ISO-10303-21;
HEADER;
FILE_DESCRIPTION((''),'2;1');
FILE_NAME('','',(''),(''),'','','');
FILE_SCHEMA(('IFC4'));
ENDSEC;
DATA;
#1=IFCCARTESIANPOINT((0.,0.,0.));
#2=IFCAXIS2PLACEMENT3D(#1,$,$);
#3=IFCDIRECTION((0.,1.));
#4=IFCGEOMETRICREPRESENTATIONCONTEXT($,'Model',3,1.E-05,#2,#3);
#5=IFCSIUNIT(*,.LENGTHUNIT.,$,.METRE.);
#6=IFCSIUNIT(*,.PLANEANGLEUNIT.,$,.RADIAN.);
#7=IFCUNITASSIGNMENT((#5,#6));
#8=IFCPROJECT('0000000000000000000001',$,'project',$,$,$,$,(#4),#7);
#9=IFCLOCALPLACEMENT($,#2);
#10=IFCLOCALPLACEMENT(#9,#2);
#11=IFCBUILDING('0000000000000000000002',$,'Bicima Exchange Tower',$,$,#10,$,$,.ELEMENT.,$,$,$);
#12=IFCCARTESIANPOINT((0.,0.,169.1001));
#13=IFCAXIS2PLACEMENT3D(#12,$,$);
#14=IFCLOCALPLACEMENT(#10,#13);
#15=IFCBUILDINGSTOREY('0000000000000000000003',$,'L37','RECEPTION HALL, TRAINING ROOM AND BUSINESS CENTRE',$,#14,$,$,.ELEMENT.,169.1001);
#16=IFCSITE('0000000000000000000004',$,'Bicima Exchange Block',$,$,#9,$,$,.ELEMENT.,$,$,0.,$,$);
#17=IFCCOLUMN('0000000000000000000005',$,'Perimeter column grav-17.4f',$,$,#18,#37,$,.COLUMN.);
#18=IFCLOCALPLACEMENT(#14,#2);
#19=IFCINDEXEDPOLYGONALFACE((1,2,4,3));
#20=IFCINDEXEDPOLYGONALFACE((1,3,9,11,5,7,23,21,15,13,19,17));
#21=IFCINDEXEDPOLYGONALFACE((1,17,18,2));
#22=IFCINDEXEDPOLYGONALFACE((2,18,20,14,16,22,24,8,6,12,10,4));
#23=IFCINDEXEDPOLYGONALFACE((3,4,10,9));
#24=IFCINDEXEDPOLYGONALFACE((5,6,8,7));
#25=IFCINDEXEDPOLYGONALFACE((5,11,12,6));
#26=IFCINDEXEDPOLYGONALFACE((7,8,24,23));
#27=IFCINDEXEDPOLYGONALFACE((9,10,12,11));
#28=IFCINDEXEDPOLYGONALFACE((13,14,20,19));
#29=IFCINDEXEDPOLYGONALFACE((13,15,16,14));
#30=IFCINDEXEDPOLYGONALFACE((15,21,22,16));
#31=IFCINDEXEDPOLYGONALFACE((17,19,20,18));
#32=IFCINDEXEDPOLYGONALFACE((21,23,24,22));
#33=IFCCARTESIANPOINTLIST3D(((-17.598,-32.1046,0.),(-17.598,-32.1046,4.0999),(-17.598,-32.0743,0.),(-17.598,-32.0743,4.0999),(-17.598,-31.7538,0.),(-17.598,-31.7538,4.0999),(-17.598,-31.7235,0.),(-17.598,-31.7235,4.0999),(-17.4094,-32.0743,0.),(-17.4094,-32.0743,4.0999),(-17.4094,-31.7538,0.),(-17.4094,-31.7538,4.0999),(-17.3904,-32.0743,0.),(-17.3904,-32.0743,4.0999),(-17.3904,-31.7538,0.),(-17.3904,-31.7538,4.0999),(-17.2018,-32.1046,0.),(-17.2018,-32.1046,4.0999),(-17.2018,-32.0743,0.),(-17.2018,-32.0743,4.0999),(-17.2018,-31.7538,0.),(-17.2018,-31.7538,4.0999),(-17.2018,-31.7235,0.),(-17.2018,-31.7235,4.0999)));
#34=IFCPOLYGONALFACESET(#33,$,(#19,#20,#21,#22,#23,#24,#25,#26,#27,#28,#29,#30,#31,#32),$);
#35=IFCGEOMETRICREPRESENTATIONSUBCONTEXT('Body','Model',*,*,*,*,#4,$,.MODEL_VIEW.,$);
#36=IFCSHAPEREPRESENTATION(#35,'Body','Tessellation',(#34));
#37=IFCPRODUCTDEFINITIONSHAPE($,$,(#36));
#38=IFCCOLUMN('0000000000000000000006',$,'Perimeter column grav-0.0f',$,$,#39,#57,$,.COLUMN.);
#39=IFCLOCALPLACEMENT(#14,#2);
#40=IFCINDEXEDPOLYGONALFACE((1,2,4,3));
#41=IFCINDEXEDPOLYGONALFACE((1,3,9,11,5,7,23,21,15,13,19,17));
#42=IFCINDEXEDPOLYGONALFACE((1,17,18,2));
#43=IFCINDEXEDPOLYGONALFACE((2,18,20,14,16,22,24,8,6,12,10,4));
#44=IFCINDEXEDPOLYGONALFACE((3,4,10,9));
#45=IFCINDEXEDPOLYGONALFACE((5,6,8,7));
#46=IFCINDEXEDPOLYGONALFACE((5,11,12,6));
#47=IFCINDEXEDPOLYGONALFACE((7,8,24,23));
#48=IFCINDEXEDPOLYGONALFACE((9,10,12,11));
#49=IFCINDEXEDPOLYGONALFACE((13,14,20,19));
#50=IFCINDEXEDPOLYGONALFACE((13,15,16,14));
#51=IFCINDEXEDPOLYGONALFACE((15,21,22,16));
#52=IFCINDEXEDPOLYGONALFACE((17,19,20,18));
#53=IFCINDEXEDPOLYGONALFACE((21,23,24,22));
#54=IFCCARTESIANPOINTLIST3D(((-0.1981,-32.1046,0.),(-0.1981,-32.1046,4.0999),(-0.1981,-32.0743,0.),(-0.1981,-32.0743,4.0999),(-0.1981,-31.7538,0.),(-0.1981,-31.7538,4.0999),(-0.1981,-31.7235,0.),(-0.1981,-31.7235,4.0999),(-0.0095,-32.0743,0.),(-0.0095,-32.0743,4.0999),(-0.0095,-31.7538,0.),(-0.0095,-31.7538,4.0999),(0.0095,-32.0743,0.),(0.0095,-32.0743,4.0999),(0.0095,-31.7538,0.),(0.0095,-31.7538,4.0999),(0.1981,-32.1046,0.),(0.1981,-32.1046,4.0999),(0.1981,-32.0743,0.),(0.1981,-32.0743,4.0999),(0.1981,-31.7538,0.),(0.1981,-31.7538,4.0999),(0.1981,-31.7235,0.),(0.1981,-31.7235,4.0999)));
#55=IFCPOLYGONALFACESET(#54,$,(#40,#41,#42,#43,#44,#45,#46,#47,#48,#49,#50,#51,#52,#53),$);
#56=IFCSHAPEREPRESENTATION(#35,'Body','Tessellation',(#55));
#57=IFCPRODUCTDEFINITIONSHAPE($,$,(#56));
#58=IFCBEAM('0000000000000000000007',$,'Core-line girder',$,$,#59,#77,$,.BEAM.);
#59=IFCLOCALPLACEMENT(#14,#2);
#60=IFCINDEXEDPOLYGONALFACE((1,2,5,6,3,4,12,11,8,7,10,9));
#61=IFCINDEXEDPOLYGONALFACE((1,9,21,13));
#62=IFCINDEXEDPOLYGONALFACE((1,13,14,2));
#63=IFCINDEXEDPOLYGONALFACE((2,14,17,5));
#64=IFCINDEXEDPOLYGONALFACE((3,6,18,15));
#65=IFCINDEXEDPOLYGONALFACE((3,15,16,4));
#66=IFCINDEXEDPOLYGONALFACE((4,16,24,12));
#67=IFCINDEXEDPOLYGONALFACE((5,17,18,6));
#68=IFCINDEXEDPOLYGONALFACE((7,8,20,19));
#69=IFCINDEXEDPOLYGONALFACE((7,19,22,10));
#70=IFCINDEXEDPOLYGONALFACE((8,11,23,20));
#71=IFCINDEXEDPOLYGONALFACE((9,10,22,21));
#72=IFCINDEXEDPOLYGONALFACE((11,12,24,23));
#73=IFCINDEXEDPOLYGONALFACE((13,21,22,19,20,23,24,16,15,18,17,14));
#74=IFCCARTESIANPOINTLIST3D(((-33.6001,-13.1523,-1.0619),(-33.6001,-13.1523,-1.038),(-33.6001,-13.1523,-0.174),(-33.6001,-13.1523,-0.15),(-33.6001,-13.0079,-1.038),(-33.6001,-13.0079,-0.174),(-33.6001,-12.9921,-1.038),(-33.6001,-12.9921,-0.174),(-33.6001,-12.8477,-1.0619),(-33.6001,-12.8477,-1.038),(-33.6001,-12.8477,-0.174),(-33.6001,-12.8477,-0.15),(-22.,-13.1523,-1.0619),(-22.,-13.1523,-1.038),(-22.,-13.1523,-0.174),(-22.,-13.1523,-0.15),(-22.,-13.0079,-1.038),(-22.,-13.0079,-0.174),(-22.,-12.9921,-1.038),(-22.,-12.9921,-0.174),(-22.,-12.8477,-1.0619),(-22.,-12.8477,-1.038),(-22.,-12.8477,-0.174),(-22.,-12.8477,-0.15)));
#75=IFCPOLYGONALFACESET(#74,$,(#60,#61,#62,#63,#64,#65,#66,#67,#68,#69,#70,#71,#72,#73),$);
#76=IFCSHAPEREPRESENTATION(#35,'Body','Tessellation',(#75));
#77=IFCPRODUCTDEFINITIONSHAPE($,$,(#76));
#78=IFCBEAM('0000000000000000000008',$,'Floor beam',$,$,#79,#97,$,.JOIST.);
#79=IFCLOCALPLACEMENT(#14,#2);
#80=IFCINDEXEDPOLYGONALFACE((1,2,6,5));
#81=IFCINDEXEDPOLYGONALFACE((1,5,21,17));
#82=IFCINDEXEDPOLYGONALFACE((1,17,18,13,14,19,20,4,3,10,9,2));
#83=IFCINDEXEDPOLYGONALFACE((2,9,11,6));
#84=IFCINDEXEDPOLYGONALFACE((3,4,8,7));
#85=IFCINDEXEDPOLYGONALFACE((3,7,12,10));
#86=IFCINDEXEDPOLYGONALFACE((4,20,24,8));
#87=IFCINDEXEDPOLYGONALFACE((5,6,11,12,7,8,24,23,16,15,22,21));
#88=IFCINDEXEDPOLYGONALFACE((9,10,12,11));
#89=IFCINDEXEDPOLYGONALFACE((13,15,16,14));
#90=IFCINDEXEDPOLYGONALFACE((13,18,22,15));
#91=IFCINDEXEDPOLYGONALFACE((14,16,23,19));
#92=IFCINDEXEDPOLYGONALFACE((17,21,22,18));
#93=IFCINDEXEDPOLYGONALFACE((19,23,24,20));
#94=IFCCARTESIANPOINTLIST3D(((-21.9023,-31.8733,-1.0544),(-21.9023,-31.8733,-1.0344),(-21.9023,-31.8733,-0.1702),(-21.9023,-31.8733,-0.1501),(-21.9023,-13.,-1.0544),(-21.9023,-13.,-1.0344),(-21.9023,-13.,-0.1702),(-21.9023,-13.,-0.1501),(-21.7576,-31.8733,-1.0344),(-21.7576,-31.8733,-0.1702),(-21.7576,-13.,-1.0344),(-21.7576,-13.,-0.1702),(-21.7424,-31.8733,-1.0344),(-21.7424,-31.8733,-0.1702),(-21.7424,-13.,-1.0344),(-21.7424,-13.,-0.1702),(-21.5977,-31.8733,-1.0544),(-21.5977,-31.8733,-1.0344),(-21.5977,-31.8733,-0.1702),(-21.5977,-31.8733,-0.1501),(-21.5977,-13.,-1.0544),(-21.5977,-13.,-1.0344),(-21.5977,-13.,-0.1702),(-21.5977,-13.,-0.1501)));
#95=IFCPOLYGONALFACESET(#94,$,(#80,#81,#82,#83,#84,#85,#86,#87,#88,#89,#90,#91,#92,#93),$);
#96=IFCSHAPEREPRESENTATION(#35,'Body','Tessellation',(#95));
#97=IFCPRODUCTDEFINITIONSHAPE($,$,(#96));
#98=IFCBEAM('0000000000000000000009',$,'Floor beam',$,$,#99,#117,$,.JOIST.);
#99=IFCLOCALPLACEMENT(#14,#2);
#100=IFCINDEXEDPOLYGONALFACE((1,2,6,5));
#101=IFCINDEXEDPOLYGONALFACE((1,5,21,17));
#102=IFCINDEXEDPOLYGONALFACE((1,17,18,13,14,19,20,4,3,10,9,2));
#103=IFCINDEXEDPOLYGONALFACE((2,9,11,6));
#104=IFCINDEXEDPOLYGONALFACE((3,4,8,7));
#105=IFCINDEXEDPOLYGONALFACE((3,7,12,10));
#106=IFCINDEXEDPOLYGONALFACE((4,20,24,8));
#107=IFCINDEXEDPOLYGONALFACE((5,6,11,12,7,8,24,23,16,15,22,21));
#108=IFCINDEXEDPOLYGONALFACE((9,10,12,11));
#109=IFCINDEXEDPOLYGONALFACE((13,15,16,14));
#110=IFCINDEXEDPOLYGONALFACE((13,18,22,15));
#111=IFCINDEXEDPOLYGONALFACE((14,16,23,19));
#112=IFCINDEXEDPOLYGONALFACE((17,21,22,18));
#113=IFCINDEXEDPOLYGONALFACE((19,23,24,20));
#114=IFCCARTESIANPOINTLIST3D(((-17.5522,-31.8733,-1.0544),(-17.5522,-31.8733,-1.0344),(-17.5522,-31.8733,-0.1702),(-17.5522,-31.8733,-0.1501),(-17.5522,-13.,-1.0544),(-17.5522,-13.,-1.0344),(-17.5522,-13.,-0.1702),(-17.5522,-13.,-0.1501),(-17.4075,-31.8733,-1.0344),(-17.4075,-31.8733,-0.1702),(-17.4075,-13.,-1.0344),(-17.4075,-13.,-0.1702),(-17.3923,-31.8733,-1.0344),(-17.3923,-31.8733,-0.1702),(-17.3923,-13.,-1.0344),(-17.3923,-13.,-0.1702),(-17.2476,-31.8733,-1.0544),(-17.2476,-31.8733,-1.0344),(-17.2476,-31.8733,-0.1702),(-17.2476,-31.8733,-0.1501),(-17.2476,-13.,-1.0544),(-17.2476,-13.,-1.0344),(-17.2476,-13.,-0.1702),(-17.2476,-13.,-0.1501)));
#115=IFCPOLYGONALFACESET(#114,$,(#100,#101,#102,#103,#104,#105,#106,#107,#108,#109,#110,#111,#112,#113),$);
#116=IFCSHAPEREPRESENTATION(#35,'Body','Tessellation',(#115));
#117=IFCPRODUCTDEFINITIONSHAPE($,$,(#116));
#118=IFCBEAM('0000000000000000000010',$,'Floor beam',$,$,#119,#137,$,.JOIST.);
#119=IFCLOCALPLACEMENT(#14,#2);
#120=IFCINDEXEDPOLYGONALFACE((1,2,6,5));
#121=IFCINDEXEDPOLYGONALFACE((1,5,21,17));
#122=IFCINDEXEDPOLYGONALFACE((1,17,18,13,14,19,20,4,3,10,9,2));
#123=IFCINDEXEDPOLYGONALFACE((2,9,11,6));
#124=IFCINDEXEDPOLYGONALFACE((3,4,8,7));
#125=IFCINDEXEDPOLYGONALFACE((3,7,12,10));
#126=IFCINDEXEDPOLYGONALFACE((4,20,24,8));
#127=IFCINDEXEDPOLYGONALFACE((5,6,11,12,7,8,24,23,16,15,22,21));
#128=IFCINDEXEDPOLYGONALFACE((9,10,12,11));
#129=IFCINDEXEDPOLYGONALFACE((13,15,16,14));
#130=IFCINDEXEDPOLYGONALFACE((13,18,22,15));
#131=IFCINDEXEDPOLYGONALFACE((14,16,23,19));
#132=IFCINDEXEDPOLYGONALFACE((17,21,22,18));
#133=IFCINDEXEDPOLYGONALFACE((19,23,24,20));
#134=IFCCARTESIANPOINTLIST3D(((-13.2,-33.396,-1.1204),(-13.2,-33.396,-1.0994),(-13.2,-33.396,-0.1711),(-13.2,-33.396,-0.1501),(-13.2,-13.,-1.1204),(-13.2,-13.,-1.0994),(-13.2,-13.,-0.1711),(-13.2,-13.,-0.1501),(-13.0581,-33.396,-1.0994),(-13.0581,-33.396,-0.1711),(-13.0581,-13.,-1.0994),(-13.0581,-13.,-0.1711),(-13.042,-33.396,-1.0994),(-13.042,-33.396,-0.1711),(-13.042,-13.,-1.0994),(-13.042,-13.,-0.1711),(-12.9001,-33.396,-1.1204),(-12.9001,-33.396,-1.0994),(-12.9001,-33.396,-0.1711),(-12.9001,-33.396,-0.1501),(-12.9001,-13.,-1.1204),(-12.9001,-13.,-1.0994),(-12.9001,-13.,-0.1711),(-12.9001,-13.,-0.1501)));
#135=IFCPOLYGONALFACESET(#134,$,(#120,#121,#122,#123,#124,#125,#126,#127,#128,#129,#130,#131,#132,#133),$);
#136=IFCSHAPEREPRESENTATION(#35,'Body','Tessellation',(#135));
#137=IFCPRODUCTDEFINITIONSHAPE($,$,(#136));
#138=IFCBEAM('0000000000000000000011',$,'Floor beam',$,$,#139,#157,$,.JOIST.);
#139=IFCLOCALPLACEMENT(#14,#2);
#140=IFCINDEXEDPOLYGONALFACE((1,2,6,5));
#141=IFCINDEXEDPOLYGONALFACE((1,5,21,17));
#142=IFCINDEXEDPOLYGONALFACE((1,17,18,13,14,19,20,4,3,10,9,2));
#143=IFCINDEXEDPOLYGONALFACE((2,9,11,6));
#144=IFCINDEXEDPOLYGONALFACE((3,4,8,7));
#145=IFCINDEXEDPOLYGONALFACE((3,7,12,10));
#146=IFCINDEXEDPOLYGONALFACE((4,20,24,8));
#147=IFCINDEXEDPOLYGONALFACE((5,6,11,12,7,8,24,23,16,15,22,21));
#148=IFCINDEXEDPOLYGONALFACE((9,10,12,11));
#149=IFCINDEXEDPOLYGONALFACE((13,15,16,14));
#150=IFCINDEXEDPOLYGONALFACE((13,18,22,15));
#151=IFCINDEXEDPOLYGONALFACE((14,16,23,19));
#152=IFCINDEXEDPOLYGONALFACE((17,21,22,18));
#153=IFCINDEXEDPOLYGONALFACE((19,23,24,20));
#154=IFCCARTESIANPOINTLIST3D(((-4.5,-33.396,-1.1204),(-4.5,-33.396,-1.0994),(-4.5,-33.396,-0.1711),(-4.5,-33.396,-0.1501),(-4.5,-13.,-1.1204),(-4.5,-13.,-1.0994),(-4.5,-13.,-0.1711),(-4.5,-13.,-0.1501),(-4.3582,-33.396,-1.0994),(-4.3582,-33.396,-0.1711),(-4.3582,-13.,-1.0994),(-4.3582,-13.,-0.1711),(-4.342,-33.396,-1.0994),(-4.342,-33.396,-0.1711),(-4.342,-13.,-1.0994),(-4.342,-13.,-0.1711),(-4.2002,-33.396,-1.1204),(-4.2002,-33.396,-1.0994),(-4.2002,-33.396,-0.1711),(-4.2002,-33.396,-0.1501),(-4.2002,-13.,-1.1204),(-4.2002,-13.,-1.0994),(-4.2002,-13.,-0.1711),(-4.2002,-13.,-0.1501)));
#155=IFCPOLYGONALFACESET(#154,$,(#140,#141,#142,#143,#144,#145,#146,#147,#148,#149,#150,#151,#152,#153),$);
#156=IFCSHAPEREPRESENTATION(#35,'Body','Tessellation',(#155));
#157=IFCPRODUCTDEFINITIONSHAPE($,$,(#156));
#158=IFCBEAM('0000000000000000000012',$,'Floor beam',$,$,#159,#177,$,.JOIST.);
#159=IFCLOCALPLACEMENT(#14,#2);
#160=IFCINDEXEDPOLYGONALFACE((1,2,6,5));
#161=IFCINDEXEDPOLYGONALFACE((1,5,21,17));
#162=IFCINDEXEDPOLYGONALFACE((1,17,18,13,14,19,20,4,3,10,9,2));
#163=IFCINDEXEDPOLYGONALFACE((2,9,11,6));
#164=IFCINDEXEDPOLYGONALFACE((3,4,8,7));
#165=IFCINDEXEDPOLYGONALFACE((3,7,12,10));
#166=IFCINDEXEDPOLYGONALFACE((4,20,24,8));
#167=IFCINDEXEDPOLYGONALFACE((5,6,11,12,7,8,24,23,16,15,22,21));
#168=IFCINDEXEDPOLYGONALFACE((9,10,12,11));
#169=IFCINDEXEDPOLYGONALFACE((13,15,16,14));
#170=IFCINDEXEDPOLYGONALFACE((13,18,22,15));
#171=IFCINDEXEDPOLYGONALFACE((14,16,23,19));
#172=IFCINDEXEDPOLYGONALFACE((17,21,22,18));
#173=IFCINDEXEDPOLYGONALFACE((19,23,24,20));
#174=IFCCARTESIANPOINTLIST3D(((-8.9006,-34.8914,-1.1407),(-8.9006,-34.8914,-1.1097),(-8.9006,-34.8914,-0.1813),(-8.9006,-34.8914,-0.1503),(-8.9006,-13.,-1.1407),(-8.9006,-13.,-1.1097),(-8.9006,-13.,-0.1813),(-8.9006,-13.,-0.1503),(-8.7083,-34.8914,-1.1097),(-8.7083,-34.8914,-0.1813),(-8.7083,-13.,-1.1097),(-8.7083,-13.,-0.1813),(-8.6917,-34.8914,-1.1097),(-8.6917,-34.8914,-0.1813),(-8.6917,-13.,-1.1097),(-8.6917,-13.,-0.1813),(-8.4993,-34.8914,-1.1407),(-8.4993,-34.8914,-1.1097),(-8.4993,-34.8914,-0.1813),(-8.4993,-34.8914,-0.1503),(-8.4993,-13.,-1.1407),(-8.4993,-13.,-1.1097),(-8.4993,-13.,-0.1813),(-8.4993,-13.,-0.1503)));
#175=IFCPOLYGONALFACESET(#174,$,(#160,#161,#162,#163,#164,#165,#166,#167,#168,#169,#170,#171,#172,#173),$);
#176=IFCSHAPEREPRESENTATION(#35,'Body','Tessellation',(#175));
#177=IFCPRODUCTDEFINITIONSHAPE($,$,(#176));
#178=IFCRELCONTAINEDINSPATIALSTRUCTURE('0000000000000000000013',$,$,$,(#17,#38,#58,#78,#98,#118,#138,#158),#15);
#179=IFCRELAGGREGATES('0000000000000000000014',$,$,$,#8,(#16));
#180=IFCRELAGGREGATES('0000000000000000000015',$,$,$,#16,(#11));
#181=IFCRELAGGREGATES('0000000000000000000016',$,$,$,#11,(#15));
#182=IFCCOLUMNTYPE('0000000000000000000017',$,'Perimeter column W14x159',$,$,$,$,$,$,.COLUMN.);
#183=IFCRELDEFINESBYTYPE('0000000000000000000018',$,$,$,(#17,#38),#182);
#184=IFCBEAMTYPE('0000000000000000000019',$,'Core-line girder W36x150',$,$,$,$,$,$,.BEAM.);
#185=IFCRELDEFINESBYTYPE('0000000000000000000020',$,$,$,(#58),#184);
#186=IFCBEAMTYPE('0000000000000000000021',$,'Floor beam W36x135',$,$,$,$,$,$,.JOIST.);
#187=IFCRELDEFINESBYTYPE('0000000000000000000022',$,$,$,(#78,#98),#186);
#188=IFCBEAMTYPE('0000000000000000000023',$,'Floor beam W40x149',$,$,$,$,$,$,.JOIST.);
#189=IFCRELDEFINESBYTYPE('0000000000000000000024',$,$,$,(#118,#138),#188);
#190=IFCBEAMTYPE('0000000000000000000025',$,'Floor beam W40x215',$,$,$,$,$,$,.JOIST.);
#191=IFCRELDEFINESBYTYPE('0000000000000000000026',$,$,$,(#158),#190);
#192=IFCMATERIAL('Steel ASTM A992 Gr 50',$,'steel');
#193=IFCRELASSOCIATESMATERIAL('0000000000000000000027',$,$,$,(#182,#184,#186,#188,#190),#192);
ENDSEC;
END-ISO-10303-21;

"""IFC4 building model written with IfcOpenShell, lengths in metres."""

from ifc_helpers import new_model, si_unit, direction, frame, origin, origin_2d, place, context, subcontext, project, spatial, i_section, extrude, material, material_profile, profile_set, type_object, element, save


model = new_model("IFC4")

# Units and contexts
model_context = context("Model", 3, precision=1e-05, world=origin(), true_north=direction((0.0, 1.0)))
body_context = subcontext(model_context, "Body", "Model", "MODEL_VIEW")
ifc_project = project(units=[si_unit("LENGTHUNIT", "METRE"), si_unit("PLANEANGLEUNIT", "RADIAN")], contexts=[model_context])

# Site, building, storey
site_placement = place(None, origin())
site = spatial("IfcSite", under=ifc_project, at=site_placement, Name="Bicima Exchange Block", CompositionType="ELEMENT", RefElevation=0.0)
building_placement = place(site_placement, origin())
building = spatial("IfcBuilding", under=site, at=building_placement, Name="Bicima Exchange Tower", CompositionType="ELEMENT")
storey_placement = place(building_placement, frame((0.0, 0.0, 169.1001)))
storey = spatial("IfcBuildingStorey", under=building, at=storey_placement, Name="L37", Description="RECEPTION HALL, TRAINING ROOM AND BUSINESS CENTRE", CompositionType="ELEMENT", Elevation=169.1001)

# Columns
ifc_material_1 = material(Name="Steel ASTM A992 Gr 50", Category="steel")
ifc_material_profile_1 = material_profile(ifc_material_1, i_section(OverallWidth=0.3962, OverallDepth=0.3811, WebThickness=0.019, FlangeThickness=0.0303, at=origin_2d()))
ifc_profile_set_1 = profile_set([ifc_material_profile_1], Name="Steel ASTM A992 Gr 50")
column_type = type_object("IfcColumnType", Name="Perimeter column W14x159", PredefinedType="COLUMN", material=ifc_profile_set_1)
for number, where, z_axis, x_axis, name in (
    (1, (-17.3999, -31.9141, 0.0), (0.0, 0.0, 1.0), (1.0, 0.0, 0.0), "Perimeter column grav-17.4f"),
    (2, (0.0, -31.9141, 0.0), (0.0, 0.0, 1.0), (1.0, 0.0, 0.0), "Perimeter column grav-0.0f"),
):
    element("IfcColumn", number, at=place(storey_placement, frame(where, z_axis=z_axis, x_axis=x_axis)), inside=storey, type_object=column_type, Name=name, PredefinedType="COLUMN", context=body_context, shape_type="SweptSolid", body=[
        extrude(i_section(OverallWidth=0.3962, OverallDepth=0.3811, WebThickness=0.019, FlangeThickness=0.0303, at=origin_2d()), origin(), (0.0, 0.0, 1.0), 4.0999),
    ])

# Beams
ifc_material_profile_2 = material_profile(ifc_material_1, i_section(OverallWidth=0.3047, OverallDepth=0.9119, WebThickness=0.0159, FlangeThickness=0.0239, at=origin_2d()))
ifc_profile_set_2 = profile_set([ifc_material_profile_2], Name="Steel ASTM A992 Gr 50")
beam_type_1 = type_object("IfcBeamType", Name="Core-line girder W36x150", PredefinedType="BEAM", material=ifc_profile_set_2)
beam_1_placement = place(storey_placement, frame((-22.0, -13.0, -0.606), z_axis=(-1.0, 0.0, 0.0), x_axis=(0.0, -1.0, 0.0)))
element("IfcBeam", 3, at=beam_1_placement, inside=storey, type_object=beam_type_1, Name="Core-line girder", PredefinedType="BEAM", context=body_context, shape_type="SweptSolid", body=[
    extrude(i_section(OverallWidth=0.3047, OverallDepth=0.9119, WebThickness=0.0159, FlangeThickness=0.0239, at=origin_2d()), origin(), (0.0, 0.0, 1.0), 11.6001),
])
ifc_material_profile_3 = material_profile(ifc_material_1, i_section(OverallWidth=0.3047, OverallDepth=0.9043, WebThickness=0.0151, FlangeThickness=0.02, at=origin_2d()))
ifc_profile_set_3 = profile_set([ifc_material_profile_3], Name="Steel ASTM A992 Gr 50")
beam_type_2 = type_object("IfcBeamType", Name="Floor beam W36x135", PredefinedType="JOIST", material=ifc_profile_set_3)
for number, where, z_axis, x_axis, name in (
    (4, (-21.75, -13.0, -0.6023), (0.0, -1.0, 0.0), (1.0, 0.0, 0.0), "Floor beam"),
    (5, (-17.3999, -13.0, -0.6023), (0.0, -1.0, 0.0), (1.0, 0.0, 0.0), "Floor beam"),
):
    element("IfcBeam", number, at=place(storey_placement, frame(where, z_axis=z_axis, x_axis=x_axis)), inside=storey, type_object=beam_type_2, Name=name, PredefinedType="JOIST", context=body_context, shape_type="SweptSolid", body=[
        extrude(i_section(OverallWidth=0.3047, OverallDepth=0.9043, WebThickness=0.0151, FlangeThickness=0.02, at=origin_2d()), origin(), (0.0, 0.0, 1.0), 18.8733),
    ])
ifc_material_profile_4 = material_profile(ifc_material_1, i_section(OverallWidth=0.2998, OverallDepth=0.9702, WebThickness=0.0161, FlangeThickness=0.021, at=origin_2d()))
ifc_profile_set_4 = profile_set([ifc_material_profile_4], Name="Steel ASTM A992 Gr 50")
beam_type_3 = type_object("IfcBeamType", Name="Floor beam W40x149", PredefinedType="JOIST", material=ifc_profile_set_4)
for number, where, z_axis, x_axis, name in (
    (6, (-13.05, -13.0, -0.6353), (0.0, -1.0, 0.0), (1.0, 0.0, 0.0), "Floor beam"),
    (7, (-4.3501, -13.0, -0.6353), (0.0, -1.0, 0.0), (1.0, 0.0, 0.0), "Floor beam"),
):
    element("IfcBeam", number, at=place(storey_placement, frame(where, z_axis=z_axis, x_axis=x_axis)), inside=storey, type_object=beam_type_3, Name=name, PredefinedType="JOIST", context=body_context, shape_type="SweptSolid", body=[
        extrude(i_section(OverallWidth=0.2998, OverallDepth=0.9702, WebThickness=0.0161, FlangeThickness=0.021, at=origin_2d()), origin(), (0.0, 0.0, 1.0), 20.396),
    ])
ifc_material_profile_5 = material_profile(ifc_material_1, i_section(OverallWidth=0.4014, OverallDepth=0.9905, WebThickness=0.0166, FlangeThickness=0.031, at=origin_2d()))
ifc_profile_set_5 = profile_set([ifc_material_profile_5], Name="Steel ASTM A992 Gr 50")
beam_type_4 = type_object("IfcBeamType", Name="Floor beam W40x215", PredefinedType="JOIST", material=ifc_profile_set_5)
beam_2_placement = place(storey_placement, frame((-8.7, -13.0, -0.6455), z_axis=(0.0, -1.0, 0.0), x_axis=(1.0, 0.0, 0.0)))
element("IfcBeam", 8, at=beam_2_placement, inside=storey, type_object=beam_type_4, Name="Floor beam", PredefinedType="JOIST", context=body_context, shape_type="SweptSolid", body=[
    extrude(i_section(OverallWidth=0.4014, OverallDepth=0.9905, WebThickness=0.0166, FlangeThickness=0.031, at=origin_2d()), origin(), (0.0, 0.0, 1.0), 21.8914),
])

save(model, "model.ifc")
